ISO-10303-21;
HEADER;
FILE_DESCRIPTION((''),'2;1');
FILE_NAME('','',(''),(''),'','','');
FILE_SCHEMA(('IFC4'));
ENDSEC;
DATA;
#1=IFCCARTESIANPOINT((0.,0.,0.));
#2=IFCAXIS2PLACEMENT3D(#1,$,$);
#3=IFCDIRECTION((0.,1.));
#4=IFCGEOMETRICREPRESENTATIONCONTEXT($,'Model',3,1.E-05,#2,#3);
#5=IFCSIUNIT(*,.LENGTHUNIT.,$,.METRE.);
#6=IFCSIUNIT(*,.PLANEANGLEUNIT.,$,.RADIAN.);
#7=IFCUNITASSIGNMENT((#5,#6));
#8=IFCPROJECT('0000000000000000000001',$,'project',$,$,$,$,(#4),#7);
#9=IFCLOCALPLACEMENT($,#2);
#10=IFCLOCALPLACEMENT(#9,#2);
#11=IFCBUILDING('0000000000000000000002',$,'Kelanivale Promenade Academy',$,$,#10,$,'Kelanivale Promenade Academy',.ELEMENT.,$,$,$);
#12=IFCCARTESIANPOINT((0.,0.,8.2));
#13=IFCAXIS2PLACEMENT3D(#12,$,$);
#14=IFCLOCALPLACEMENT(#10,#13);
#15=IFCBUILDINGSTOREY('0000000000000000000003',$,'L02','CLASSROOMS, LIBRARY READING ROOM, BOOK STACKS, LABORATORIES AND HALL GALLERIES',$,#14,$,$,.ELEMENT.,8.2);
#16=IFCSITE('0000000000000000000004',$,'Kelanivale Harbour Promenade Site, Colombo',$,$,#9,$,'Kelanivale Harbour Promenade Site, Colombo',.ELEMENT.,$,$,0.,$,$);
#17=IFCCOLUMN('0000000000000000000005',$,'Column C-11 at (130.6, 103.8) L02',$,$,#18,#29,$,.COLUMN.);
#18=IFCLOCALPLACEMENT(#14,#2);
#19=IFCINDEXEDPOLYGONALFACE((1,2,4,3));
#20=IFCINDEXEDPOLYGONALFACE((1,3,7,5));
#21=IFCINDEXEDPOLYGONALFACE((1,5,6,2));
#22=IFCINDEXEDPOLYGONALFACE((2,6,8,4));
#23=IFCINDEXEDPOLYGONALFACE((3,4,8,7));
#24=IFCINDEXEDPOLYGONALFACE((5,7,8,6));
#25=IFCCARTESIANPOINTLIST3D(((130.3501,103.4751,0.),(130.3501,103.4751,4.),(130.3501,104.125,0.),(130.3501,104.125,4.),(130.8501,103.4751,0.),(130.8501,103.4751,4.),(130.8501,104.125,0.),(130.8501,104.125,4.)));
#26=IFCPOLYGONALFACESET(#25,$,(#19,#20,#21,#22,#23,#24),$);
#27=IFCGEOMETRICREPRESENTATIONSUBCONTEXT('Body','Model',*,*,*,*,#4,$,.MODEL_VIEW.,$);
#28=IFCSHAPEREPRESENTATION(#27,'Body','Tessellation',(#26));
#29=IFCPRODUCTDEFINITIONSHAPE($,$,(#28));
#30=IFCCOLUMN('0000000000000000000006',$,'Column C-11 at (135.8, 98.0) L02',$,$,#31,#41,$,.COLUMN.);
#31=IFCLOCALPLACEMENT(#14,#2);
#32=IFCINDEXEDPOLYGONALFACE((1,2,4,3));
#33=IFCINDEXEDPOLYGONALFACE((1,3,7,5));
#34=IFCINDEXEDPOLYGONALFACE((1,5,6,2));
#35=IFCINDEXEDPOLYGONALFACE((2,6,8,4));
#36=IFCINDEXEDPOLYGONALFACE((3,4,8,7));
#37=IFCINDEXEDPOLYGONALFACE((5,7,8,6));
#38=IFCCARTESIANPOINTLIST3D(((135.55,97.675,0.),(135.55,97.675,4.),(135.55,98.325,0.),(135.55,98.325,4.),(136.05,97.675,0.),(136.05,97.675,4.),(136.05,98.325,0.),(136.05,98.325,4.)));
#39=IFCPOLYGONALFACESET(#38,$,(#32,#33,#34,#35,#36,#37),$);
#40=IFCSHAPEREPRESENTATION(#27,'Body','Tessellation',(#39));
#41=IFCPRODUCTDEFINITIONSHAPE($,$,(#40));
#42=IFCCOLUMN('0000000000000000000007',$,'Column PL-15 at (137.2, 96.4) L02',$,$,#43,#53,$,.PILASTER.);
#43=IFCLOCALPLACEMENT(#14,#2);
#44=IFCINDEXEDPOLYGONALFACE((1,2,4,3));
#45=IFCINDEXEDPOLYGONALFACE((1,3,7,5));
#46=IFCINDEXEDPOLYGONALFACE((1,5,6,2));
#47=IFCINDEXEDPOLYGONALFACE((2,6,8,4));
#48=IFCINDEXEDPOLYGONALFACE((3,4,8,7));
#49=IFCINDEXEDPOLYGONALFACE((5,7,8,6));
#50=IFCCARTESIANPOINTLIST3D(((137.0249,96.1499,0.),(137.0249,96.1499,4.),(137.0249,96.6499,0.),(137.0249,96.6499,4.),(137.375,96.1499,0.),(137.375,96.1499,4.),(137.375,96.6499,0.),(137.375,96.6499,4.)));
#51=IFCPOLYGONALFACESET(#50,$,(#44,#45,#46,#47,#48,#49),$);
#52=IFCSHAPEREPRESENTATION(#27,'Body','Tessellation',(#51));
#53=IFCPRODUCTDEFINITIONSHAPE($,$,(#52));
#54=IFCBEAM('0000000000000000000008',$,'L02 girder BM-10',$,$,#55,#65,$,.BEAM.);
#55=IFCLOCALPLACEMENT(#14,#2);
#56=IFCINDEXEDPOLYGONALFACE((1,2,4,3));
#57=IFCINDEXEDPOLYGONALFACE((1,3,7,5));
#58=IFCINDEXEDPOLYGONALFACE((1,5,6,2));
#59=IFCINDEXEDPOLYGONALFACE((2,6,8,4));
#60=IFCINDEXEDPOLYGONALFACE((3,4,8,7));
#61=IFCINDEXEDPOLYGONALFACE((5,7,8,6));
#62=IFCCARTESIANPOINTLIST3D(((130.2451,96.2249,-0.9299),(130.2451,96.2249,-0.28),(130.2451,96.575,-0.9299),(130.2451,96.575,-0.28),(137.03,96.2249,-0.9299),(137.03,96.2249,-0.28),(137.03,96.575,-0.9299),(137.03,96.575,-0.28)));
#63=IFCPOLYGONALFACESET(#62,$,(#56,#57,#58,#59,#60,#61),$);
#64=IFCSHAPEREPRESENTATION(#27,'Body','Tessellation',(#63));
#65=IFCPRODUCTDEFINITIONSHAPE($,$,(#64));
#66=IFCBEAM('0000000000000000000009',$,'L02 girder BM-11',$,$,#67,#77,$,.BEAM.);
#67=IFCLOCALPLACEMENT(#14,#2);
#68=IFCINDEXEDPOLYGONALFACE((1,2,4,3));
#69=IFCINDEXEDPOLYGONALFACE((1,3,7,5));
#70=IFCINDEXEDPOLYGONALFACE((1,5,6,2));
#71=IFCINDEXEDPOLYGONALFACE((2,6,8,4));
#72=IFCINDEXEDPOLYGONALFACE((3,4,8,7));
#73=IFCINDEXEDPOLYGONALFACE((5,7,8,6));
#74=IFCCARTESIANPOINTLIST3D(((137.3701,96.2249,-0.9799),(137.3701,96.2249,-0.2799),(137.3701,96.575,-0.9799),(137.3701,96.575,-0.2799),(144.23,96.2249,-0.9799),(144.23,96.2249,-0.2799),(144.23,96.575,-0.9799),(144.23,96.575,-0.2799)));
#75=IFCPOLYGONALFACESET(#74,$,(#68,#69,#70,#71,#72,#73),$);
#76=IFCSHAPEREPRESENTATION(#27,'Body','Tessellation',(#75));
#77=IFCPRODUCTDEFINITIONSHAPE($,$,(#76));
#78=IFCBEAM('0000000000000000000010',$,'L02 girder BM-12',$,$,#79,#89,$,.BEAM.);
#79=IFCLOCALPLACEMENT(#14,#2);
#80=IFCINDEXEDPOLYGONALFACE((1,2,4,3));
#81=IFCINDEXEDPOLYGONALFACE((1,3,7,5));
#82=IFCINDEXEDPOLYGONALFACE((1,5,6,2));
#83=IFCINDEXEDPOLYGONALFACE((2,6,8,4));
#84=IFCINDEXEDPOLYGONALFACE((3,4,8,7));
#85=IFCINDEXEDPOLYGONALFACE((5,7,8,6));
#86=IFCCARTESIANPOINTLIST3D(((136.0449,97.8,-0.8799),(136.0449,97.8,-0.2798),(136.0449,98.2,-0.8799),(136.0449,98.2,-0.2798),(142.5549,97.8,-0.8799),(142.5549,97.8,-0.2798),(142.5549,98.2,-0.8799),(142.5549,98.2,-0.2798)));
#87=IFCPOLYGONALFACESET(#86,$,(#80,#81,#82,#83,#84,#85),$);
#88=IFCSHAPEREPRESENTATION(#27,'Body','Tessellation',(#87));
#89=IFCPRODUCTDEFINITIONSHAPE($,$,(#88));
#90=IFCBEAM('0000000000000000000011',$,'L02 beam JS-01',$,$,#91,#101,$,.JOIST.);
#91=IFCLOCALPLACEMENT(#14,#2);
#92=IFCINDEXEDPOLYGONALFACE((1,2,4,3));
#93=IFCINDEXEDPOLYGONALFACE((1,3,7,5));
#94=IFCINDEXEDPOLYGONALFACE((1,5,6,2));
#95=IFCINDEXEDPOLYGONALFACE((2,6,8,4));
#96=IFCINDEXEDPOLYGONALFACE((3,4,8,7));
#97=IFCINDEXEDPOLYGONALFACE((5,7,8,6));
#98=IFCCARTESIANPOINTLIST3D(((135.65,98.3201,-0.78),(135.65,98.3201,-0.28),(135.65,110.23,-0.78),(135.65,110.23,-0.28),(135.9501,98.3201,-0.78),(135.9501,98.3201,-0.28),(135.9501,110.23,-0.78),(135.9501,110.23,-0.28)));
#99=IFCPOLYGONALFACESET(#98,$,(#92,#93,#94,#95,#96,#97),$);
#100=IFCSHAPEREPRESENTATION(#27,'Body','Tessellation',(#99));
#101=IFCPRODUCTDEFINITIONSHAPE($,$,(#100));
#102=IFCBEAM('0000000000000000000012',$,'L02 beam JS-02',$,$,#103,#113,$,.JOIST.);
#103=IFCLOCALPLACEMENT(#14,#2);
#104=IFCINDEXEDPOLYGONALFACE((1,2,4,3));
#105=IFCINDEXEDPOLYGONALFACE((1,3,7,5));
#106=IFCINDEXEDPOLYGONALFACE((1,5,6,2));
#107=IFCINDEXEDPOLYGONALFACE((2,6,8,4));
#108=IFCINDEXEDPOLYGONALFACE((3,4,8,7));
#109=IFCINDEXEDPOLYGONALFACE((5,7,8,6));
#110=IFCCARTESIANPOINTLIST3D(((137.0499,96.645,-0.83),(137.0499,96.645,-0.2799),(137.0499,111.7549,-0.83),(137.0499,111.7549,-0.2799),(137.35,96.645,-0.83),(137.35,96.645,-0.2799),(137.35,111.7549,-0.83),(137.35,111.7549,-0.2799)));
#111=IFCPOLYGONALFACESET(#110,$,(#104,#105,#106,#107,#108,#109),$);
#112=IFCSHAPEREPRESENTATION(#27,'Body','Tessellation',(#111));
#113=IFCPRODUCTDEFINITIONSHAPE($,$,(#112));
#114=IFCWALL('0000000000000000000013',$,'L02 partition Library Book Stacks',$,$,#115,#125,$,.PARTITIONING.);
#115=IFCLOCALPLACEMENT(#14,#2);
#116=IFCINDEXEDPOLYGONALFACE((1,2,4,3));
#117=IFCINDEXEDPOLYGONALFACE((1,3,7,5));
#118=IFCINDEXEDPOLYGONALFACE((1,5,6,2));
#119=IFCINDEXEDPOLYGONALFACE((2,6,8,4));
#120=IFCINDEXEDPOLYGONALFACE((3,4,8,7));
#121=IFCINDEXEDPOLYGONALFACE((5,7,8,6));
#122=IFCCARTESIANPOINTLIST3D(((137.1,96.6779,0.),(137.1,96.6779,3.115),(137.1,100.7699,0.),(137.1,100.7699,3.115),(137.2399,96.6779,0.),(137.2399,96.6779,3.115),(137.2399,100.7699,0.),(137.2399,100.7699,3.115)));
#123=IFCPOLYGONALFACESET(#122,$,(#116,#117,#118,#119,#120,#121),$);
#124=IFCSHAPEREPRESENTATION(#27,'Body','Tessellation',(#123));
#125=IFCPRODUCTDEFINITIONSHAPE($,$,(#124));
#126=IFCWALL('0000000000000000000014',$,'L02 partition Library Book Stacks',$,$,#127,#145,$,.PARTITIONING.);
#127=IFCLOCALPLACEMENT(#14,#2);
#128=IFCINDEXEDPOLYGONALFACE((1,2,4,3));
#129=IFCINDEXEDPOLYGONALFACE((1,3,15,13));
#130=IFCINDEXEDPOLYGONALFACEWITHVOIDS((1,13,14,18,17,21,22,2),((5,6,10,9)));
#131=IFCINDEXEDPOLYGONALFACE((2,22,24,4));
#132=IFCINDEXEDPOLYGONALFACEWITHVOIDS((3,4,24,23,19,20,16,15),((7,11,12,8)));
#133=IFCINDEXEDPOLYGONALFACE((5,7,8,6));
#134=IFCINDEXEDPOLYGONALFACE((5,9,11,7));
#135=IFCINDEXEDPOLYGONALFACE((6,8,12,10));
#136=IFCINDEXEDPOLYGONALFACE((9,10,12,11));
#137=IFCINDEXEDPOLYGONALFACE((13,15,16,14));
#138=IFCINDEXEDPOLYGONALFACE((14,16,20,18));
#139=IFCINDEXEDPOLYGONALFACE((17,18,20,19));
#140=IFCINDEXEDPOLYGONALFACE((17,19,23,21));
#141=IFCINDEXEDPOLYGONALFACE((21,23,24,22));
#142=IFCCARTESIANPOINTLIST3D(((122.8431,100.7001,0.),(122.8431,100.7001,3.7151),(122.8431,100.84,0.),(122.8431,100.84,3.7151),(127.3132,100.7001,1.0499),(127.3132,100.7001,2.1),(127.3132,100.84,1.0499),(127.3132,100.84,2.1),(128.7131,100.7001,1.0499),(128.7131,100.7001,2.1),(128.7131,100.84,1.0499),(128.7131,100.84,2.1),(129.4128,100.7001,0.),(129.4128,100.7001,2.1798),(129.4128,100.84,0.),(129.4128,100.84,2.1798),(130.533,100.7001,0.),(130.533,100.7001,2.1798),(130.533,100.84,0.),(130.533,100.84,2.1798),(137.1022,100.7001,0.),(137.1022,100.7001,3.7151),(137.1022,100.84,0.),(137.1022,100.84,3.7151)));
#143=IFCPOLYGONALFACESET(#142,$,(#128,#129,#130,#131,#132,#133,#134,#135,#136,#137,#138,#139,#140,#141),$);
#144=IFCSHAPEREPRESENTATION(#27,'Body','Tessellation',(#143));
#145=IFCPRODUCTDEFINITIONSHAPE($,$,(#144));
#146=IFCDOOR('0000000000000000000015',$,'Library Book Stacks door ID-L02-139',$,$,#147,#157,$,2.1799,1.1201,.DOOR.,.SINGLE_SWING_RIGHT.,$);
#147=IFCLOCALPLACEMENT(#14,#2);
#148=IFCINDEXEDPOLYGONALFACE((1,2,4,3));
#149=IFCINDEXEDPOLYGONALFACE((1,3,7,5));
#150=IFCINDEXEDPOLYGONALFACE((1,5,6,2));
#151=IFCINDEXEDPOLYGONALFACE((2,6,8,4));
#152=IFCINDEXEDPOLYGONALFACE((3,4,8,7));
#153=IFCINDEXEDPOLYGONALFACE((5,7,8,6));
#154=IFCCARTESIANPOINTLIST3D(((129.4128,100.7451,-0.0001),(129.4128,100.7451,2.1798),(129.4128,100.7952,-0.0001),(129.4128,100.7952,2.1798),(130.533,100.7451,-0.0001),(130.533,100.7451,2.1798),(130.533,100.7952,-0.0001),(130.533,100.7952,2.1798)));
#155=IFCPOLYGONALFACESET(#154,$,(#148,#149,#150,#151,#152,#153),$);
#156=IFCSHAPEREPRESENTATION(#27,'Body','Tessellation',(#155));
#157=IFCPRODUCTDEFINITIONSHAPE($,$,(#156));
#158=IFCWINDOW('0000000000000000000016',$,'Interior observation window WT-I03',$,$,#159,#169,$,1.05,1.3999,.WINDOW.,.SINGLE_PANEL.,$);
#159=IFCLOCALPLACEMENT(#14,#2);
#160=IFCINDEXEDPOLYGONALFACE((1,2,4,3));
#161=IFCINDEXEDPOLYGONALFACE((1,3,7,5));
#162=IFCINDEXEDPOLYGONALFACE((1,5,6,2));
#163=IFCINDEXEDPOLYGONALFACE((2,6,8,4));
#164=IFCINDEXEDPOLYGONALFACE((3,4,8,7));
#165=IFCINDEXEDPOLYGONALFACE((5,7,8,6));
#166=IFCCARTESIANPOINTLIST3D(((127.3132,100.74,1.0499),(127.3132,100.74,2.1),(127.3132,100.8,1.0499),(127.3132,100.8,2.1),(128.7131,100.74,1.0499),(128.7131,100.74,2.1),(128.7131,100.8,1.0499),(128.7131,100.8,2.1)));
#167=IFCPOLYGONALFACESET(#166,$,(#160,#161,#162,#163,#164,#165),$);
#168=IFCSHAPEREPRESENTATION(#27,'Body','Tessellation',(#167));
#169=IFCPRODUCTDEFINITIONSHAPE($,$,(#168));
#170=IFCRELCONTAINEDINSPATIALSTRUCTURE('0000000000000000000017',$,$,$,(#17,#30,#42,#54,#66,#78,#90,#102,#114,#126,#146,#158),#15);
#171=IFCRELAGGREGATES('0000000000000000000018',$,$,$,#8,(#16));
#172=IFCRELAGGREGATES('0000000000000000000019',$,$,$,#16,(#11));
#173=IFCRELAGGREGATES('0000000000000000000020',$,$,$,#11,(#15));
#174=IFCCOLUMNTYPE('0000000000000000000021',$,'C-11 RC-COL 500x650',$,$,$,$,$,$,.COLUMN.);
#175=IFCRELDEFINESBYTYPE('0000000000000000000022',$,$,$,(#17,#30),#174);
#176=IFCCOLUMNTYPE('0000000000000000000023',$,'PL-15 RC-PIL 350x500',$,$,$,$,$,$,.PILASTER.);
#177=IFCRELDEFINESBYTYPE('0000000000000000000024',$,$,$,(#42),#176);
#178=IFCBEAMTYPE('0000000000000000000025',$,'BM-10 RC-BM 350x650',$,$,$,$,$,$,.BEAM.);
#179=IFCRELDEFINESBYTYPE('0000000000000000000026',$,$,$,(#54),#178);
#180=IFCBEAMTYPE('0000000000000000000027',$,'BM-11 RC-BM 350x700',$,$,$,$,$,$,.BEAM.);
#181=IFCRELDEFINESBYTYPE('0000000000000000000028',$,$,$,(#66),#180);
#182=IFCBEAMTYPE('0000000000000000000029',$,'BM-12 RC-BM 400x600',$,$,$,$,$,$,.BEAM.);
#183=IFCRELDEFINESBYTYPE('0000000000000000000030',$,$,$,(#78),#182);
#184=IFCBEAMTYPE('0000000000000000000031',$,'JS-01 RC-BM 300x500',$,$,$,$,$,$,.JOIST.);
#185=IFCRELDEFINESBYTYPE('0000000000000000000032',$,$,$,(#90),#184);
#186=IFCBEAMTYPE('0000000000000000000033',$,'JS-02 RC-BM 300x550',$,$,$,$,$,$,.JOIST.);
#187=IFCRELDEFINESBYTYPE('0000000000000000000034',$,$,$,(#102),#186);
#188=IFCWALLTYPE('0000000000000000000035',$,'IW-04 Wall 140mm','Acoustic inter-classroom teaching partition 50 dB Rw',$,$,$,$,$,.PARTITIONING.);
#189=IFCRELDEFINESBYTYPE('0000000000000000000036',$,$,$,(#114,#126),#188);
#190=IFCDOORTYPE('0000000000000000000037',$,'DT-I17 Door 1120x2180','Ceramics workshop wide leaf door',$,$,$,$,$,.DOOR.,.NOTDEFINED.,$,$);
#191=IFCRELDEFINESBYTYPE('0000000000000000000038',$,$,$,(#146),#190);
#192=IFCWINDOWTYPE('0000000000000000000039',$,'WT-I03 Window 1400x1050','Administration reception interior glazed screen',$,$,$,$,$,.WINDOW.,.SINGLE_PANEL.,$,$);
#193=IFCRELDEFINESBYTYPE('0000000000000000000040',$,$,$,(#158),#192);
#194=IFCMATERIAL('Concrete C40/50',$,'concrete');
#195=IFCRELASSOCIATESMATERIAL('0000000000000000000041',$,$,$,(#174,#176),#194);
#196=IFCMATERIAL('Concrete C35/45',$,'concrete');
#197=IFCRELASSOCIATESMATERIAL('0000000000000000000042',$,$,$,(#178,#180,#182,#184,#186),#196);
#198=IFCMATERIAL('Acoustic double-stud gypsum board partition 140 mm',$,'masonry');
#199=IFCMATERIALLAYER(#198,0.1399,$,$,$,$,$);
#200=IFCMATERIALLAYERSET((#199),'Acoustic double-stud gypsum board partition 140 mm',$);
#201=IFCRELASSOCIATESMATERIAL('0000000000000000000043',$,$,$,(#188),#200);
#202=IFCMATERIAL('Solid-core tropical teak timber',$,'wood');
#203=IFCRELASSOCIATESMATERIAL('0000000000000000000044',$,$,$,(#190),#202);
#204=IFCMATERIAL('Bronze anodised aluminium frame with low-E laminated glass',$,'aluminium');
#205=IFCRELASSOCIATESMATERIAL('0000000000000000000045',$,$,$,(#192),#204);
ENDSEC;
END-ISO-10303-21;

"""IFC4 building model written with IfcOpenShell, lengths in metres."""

from ifc_helpers import new_model, si_unit, direction, frame, frame_2d, origin, origin_2d, place, context, subcontext, project, spatial, rectangle, extrude, material, layer, layer_set, material_profile, profile_set, type_object, element, fill, save


model = new_model("IFC4")

# Units and contexts
model_context = context("Model", 3, precision=1e-05, world=origin(), true_north=direction((0.0, 1.0)))
body_context = subcontext(model_context, "Body", "Model", "MODEL_VIEW")
ifc_project = project(units=[si_unit("LENGTHUNIT", "METRE"), si_unit("PLANEANGLEUNIT", "RADIAN")], contexts=[model_context])

# Site, building, storey
site_placement = place(None, origin())
site = spatial("IfcSite", under=ifc_project, at=site_placement, Name="Kelanivale Harbour Promenade Site, Colombo", LongName="Kelanivale Harbour Promenade Site, Colombo", CompositionType="ELEMENT", RefElevation=0.0)
building_placement = place(site_placement, origin())
building = spatial("IfcBuilding", under=site, at=building_placement, Name="Kelanivale Promenade Academy", LongName="Kelanivale Promenade Academy", CompositionType="ELEMENT")
storey_placement = place(building_placement, frame((0.0, 0.0, 8.2)))
storey = spatial("IfcBuildingStorey", under=building, at=storey_placement, Name="L02", Description="CLASSROOMS, LIBRARY READING ROOM, BOOK STACKS, LABORATORIES AND HALL GALLERIES", CompositionType="ELEMENT", Elevation=8.2)

# Columns
ifc_material_1 = material(Name="Concrete C40/50", Category="concrete")
ifc_material_profile_1 = material_profile(ifc_material_1, rectangle(XDim=0.5, YDim=0.6499, at=origin_2d()), Name="RC-COL 500x650")
ifc_profile_set_1 = profile_set([ifc_material_profile_1], Name="Concrete C40/50")
column_type_1 = type_object("IfcColumnType", Name="C-11 RC-COL 500x650", PredefinedType="COLUMN", material=ifc_profile_set_1)
for number, where, z_axis, x_axis, name in (
    (1, (130.6001, 103.8, 0.0), (0.0, 0.0, 1.0), (1.0, 0.0, 0.0), "Column C-11 at (130.6, 103.8) L02"),
    (2, (135.8, 98.0, 0.0), (0.0, 0.0, 1.0), (1.0, 0.0, 0.0), "Column C-11 at (135.8, 98.0) L02"),
):
    element("IfcColumn", number, at=place(storey_placement, frame(where, z_axis=z_axis, x_axis=x_axis)), inside=storey, type_object=column_type_1, Name=name, PredefinedType="COLUMN", context=body_context, shape_type="SweptSolid", body=[
        extrude(rectangle(XDim=0.5, YDim=0.6499, at=origin_2d()), origin(), (0.0, 0.0, 1.0), 4.0),
    ])
ifc_material_profile_2 = material_profile(ifc_material_1, rectangle(XDim=0.3501, YDim=0.5, at=origin_2d()), Name="RC-PIL 350x500")
ifc_profile_set_2 = profile_set([ifc_material_profile_2], Name="Concrete C40/50")
column_type_2 = type_object("IfcColumnType", Name="PL-15 RC-PIL 350x500", PredefinedType="PILASTER", material=ifc_profile_set_2)
column_placement = place(storey_placement, frame((137.2, 96.3999, 0.0), z_axis=(0.0, 0.0, 1.0), x_axis=(1.0, 0.0, 0.0)))
element("IfcColumn", 3, at=column_placement, inside=storey, type_object=column_type_2, Name="Column PL-15 at (137.2, 96.4) L02", PredefinedType="PILASTER", context=body_context, shape_type="SweptSolid", body=[
    extrude(rectangle(XDim=0.3501, YDim=0.5, at=origin_2d()), origin(), (0.0, 0.0, 1.0), 4.0),
])

# Beams
ifc_material_2 = material(Name="Concrete C35/45", Category="concrete")
ifc_material_profile_3 = material_profile(ifc_material_2, rectangle(XDim=0.3501, YDim=0.6499, at=origin_2d()), Name="RC-BM 350x650")
ifc_profile_set_3 = profile_set([ifc_material_profile_3], Name="Concrete C35/45")
beam_type_1 = type_object("IfcBeamType", Name="BM-10 RC-BM 350x650", PredefinedType="BEAM", material=ifc_profile_set_3)
beam_1_placement = place(storey_placement, frame((130.2451, 96.3999, -0.605), z_axis=(1.0, 0.0, 0.0), x_axis=(0.0, 1.0, 0.0)))
element("IfcBeam", 4, at=beam_1_placement, inside=storey, type_object=beam_type_1, Name="L02 girder BM-10", PredefinedType="BEAM", context=body_context, shape_type="SweptSolid", body=[
    extrude(rectangle(XDim=0.3501, YDim=0.6499, at=origin_2d()), origin(), (0.0, 0.0, 1.0), 6.7849),
])
ifc_material_profile_4 = material_profile(ifc_material_2, rectangle(XDim=0.3501, YDim=0.7, at=origin_2d()), Name="RC-BM 350x700")
ifc_profile_set_4 = profile_set([ifc_material_profile_4], Name="Concrete C35/45")
beam_type_2 = type_object("IfcBeamType", Name="BM-11 RC-BM 350x700", PredefinedType="BEAM", material=ifc_profile_set_4)
beam_2_placement = place(storey_placement, frame((137.3701, 96.3999, -0.6299), z_axis=(1.0, 0.0, 0.0), x_axis=(0.0, 1.0, 0.0)))
element("IfcBeam", 5, at=beam_2_placement, inside=storey, type_object=beam_type_2, Name="L02 girder BM-11", PredefinedType="BEAM", context=body_context, shape_type="SweptSolid", body=[
    extrude(rectangle(XDim=0.3501, YDim=0.7, at=origin_2d()), origin(), (0.0, 0.0, 1.0), 6.8599),
])
ifc_material_profile_5 = material_profile(ifc_material_2, rectangle(XDim=0.3999, YDim=0.6001, at=origin_2d()), Name="RC-BM 400x600")
ifc_profile_set_5 = profile_set([ifc_material_profile_5], Name="Concrete C35/45")
beam_type_3 = type_object("IfcBeamType", Name="BM-12 RC-BM 400x600", PredefinedType="BEAM", material=ifc_profile_set_5)
beam_3_placement = place(storey_placement, frame((136.0449, 98.0, -0.5798), z_axis=(1.0, 0.0, 0.0), x_axis=(0.0, 1.0, 0.0)))
element("IfcBeam", 6, at=beam_3_placement, inside=storey, type_object=beam_type_3, Name="L02 girder BM-12", PredefinedType="BEAM", context=body_context, shape_type="SweptSolid", body=[
    extrude(rectangle(XDim=0.3999, YDim=0.6001, at=origin_2d()), origin(), (0.0, 0.0, 1.0), 6.51),
])
ifc_material_profile_6 = material_profile(ifc_material_2, rectangle(XDim=0.3, YDim=0.5, at=origin_2d()), Name="RC-BM 300x500")
ifc_profile_set_6 = profile_set([ifc_material_profile_6], Name="Concrete C35/45")
beam_type_4 = type_object("IfcBeamType", Name="JS-01 RC-BM 300x500", PredefinedType="JOIST", material=ifc_profile_set_6)
beam_4_placement = place(storey_placement, frame((135.8, 98.3201, -0.53), z_axis=(0.0, 1.0, 0.0), x_axis=(-1.0, 0.0, 0.0)))
element("IfcBeam", 7, at=beam_4_placement, inside=storey, type_object=beam_type_4, Name="L02 beam JS-01", PredefinedType="JOIST", context=body_context, shape_type="SweptSolid", body=[
    extrude(rectangle(XDim=0.3, YDim=0.5, at=origin_2d()), origin(), (0.0, 0.0, 1.0), 11.9099),
])
ifc_material_profile_7 = material_profile(ifc_material_2, rectangle(XDim=0.3, YDim=0.55, at=origin_2d()), Name="RC-BM 300x550")
ifc_profile_set_7 = profile_set([ifc_material_profile_7], Name="Concrete C35/45")
beam_type_5 = type_object("IfcBeamType", Name="JS-02 RC-BM 300x550", PredefinedType="JOIST", material=ifc_profile_set_7)
beam_5_placement = place(storey_placement, frame((137.2, 96.645, -0.5549), z_axis=(0.0, 1.0, 0.0), x_axis=(-1.0, 0.0, 0.0)))
element("IfcBeam", 8, at=beam_5_placement, inside=storey, type_object=beam_type_5, Name="L02 beam JS-02", PredefinedType="JOIST", context=body_context, shape_type="SweptSolid", body=[
    extrude(rectangle(XDim=0.3, YDim=0.55, at=origin_2d()), origin(), (0.0, 0.0, 1.0), 15.1099),
])

# Wall
ifc_material_3 = material(Name="Acoustic double-stud gypsum board partition 140 mm", Category="masonry")
ifc_layer_1 = layer(ifc_material_3, 0.1399)
ifc_layer_set_1 = layer_set([ifc_layer_1], Name="Acoustic double-stud gypsum board partition 140 mm")
wall_type_1 = type_object("IfcWallType", Name="IW-04 Wall 140mm", Description="Acoustic inter-classroom teaching partition 50 dB Rw", PredefinedType="PARTITIONING", material=ifc_layer_set_1)
wall_1_placement = place(storey_placement, frame((137.1699, 96.678, 0.0), z_axis=(0.0, 0.0, 1.0), x_axis=(0.0, 1.0, 0.0)))
element("IfcWall", 9, at=wall_1_placement, inside=storey, type_object=wall_type_1, Name="L02 partition Library Book Stacks", PredefinedType="PARTITIONING", context=body_context, shape_type="SweptSolid", body=[
    extrude(rectangle(XDim=4.092, YDim=0.1399, at=frame_2d((2.0459, 0.0))), origin(), (0.0, 0.0, 1.0), 3.115),
])

# Wall, openings, door, window
wall_2_placement = place(storey_placement, frame((137.1021, 100.77, 0.0), z_axis=(0.0, 0.0, 1.0), x_axis=(-1.0, 0.0, 0.0)))
wall_2 = element("IfcWall", 10, at=wall_2_placement, inside=storey, type_object=wall_type_1, Name="L02 partition Library Book Stacks", PredefinedType="PARTITIONING", context=body_context, shape_type="SweptSolid", body=[
    extrude(rectangle(XDim=14.259, YDim=0.1399, at=frame_2d((7.1294, 0.0))), origin(), (0.0, 0.0, 1.0), 3.7151),
])
opening_1_placement = place(wall_2_placement, frame((6.5691, 0.0, 0.0)))
opening_1 = element("IfcOpeningElement", 11, at=opening_1_placement, cuts=wall_2, PredefinedType="OPENING", context=body_context, shape_type="SweptSolid", body=[
    extrude(rectangle(XDim=1.1201, YDim=2.1799, at=frame_2d((0.5601, 1.0898))), frame((0.0, 0.0801, 0.0), z_axis=(0.0, -1.0, 0.0), x_axis=(1.0, 0.0, 0.0)), (0.0, 0.0, 1.0), 0.1599),
])
opening_2_placement = place(wall_2_placement, frame((8.3889, 0.0, 1.05)))
opening_2 = element("IfcOpeningElement", 12, at=opening_2_placement, cuts=wall_2, PredefinedType="OPENING", context=body_context, shape_type="SweptSolid", body=[
    extrude(rectangle(XDim=1.3999, YDim=1.05, at=frame_2d((0.7, 0.5249))), frame((0.0, 0.0801, 0.0), z_axis=(0.0, -1.0, 0.0), x_axis=(1.0, 0.0, 0.0)), (0.0, 0.0, 1.0), 0.1599),
])
ifc_material_4 = material(Name="Solid-core tropical teak timber", Category="wood")
door_type_1 = type_object("IfcDoorType", Name="DT-I17 Door 1120x2180", Description="Ceramics workshop wide leaf door", OperationType="NOTDEFINED", PredefinedType="DOOR", material=ifc_material_4)
door_1_placement = place(opening_1_placement, origin())
door_1 = element("IfcDoor", 13, at=door_1_placement, inside=storey, type_object=door_type_1, Name="Library Book Stacks door ID-L02-139", OperationType="SINGLE_SWING_RIGHT", OverallHeight=2.1799, OverallWidth=1.1201, PredefinedType="DOOR", context=body_context, shape_type="SweptSolid", body=[
    extrude(rectangle(XDim=1.1201, YDim=2.1799, at=frame_2d((0.5601, 1.0898))), frame((0.0, 0.0249, 0.0), z_axis=(0.0, -1.0, 0.0), x_axis=(1.0, 0.0, 0.0)), (0.0, 0.0, 1.0), 0.05),
])
fill(opening_1, door_1)
ifc_material_5 = material(Name="Bronze anodised aluminium frame with low-E laminated glass", Category="aluminium")
window_type = type_object("IfcWindowType", Name="WT-I03 Window 1400x1050", Description="Administration reception interior glazed screen", PartitioningType="SINGLE_PANEL", PredefinedType="WINDOW", material=ifc_material_5)
window_placement = place(opening_2_placement, origin())
window = element("IfcWindow", 14, at=window_placement, inside=storey, type_object=window_type, Name="Interior observation window WT-I03", OverallHeight=1.05, OverallWidth=1.3999, PartitioningType="SINGLE_PANEL", PredefinedType="WINDOW", context=body_context, shape_type="SweptSolid", body=[
    extrude(rectangle(XDim=1.3999, YDim=1.05, at=frame_2d((0.7, 0.5249))), frame((0.0, 0.03, 0.0), z_axis=(0.0, -1.0, 0.0), x_axis=(1.0, 0.0, 0.0)), (0.0, 0.0, 1.0), 0.0601),
])
fill(opening_2, window)

save(model, "model.ifc")
